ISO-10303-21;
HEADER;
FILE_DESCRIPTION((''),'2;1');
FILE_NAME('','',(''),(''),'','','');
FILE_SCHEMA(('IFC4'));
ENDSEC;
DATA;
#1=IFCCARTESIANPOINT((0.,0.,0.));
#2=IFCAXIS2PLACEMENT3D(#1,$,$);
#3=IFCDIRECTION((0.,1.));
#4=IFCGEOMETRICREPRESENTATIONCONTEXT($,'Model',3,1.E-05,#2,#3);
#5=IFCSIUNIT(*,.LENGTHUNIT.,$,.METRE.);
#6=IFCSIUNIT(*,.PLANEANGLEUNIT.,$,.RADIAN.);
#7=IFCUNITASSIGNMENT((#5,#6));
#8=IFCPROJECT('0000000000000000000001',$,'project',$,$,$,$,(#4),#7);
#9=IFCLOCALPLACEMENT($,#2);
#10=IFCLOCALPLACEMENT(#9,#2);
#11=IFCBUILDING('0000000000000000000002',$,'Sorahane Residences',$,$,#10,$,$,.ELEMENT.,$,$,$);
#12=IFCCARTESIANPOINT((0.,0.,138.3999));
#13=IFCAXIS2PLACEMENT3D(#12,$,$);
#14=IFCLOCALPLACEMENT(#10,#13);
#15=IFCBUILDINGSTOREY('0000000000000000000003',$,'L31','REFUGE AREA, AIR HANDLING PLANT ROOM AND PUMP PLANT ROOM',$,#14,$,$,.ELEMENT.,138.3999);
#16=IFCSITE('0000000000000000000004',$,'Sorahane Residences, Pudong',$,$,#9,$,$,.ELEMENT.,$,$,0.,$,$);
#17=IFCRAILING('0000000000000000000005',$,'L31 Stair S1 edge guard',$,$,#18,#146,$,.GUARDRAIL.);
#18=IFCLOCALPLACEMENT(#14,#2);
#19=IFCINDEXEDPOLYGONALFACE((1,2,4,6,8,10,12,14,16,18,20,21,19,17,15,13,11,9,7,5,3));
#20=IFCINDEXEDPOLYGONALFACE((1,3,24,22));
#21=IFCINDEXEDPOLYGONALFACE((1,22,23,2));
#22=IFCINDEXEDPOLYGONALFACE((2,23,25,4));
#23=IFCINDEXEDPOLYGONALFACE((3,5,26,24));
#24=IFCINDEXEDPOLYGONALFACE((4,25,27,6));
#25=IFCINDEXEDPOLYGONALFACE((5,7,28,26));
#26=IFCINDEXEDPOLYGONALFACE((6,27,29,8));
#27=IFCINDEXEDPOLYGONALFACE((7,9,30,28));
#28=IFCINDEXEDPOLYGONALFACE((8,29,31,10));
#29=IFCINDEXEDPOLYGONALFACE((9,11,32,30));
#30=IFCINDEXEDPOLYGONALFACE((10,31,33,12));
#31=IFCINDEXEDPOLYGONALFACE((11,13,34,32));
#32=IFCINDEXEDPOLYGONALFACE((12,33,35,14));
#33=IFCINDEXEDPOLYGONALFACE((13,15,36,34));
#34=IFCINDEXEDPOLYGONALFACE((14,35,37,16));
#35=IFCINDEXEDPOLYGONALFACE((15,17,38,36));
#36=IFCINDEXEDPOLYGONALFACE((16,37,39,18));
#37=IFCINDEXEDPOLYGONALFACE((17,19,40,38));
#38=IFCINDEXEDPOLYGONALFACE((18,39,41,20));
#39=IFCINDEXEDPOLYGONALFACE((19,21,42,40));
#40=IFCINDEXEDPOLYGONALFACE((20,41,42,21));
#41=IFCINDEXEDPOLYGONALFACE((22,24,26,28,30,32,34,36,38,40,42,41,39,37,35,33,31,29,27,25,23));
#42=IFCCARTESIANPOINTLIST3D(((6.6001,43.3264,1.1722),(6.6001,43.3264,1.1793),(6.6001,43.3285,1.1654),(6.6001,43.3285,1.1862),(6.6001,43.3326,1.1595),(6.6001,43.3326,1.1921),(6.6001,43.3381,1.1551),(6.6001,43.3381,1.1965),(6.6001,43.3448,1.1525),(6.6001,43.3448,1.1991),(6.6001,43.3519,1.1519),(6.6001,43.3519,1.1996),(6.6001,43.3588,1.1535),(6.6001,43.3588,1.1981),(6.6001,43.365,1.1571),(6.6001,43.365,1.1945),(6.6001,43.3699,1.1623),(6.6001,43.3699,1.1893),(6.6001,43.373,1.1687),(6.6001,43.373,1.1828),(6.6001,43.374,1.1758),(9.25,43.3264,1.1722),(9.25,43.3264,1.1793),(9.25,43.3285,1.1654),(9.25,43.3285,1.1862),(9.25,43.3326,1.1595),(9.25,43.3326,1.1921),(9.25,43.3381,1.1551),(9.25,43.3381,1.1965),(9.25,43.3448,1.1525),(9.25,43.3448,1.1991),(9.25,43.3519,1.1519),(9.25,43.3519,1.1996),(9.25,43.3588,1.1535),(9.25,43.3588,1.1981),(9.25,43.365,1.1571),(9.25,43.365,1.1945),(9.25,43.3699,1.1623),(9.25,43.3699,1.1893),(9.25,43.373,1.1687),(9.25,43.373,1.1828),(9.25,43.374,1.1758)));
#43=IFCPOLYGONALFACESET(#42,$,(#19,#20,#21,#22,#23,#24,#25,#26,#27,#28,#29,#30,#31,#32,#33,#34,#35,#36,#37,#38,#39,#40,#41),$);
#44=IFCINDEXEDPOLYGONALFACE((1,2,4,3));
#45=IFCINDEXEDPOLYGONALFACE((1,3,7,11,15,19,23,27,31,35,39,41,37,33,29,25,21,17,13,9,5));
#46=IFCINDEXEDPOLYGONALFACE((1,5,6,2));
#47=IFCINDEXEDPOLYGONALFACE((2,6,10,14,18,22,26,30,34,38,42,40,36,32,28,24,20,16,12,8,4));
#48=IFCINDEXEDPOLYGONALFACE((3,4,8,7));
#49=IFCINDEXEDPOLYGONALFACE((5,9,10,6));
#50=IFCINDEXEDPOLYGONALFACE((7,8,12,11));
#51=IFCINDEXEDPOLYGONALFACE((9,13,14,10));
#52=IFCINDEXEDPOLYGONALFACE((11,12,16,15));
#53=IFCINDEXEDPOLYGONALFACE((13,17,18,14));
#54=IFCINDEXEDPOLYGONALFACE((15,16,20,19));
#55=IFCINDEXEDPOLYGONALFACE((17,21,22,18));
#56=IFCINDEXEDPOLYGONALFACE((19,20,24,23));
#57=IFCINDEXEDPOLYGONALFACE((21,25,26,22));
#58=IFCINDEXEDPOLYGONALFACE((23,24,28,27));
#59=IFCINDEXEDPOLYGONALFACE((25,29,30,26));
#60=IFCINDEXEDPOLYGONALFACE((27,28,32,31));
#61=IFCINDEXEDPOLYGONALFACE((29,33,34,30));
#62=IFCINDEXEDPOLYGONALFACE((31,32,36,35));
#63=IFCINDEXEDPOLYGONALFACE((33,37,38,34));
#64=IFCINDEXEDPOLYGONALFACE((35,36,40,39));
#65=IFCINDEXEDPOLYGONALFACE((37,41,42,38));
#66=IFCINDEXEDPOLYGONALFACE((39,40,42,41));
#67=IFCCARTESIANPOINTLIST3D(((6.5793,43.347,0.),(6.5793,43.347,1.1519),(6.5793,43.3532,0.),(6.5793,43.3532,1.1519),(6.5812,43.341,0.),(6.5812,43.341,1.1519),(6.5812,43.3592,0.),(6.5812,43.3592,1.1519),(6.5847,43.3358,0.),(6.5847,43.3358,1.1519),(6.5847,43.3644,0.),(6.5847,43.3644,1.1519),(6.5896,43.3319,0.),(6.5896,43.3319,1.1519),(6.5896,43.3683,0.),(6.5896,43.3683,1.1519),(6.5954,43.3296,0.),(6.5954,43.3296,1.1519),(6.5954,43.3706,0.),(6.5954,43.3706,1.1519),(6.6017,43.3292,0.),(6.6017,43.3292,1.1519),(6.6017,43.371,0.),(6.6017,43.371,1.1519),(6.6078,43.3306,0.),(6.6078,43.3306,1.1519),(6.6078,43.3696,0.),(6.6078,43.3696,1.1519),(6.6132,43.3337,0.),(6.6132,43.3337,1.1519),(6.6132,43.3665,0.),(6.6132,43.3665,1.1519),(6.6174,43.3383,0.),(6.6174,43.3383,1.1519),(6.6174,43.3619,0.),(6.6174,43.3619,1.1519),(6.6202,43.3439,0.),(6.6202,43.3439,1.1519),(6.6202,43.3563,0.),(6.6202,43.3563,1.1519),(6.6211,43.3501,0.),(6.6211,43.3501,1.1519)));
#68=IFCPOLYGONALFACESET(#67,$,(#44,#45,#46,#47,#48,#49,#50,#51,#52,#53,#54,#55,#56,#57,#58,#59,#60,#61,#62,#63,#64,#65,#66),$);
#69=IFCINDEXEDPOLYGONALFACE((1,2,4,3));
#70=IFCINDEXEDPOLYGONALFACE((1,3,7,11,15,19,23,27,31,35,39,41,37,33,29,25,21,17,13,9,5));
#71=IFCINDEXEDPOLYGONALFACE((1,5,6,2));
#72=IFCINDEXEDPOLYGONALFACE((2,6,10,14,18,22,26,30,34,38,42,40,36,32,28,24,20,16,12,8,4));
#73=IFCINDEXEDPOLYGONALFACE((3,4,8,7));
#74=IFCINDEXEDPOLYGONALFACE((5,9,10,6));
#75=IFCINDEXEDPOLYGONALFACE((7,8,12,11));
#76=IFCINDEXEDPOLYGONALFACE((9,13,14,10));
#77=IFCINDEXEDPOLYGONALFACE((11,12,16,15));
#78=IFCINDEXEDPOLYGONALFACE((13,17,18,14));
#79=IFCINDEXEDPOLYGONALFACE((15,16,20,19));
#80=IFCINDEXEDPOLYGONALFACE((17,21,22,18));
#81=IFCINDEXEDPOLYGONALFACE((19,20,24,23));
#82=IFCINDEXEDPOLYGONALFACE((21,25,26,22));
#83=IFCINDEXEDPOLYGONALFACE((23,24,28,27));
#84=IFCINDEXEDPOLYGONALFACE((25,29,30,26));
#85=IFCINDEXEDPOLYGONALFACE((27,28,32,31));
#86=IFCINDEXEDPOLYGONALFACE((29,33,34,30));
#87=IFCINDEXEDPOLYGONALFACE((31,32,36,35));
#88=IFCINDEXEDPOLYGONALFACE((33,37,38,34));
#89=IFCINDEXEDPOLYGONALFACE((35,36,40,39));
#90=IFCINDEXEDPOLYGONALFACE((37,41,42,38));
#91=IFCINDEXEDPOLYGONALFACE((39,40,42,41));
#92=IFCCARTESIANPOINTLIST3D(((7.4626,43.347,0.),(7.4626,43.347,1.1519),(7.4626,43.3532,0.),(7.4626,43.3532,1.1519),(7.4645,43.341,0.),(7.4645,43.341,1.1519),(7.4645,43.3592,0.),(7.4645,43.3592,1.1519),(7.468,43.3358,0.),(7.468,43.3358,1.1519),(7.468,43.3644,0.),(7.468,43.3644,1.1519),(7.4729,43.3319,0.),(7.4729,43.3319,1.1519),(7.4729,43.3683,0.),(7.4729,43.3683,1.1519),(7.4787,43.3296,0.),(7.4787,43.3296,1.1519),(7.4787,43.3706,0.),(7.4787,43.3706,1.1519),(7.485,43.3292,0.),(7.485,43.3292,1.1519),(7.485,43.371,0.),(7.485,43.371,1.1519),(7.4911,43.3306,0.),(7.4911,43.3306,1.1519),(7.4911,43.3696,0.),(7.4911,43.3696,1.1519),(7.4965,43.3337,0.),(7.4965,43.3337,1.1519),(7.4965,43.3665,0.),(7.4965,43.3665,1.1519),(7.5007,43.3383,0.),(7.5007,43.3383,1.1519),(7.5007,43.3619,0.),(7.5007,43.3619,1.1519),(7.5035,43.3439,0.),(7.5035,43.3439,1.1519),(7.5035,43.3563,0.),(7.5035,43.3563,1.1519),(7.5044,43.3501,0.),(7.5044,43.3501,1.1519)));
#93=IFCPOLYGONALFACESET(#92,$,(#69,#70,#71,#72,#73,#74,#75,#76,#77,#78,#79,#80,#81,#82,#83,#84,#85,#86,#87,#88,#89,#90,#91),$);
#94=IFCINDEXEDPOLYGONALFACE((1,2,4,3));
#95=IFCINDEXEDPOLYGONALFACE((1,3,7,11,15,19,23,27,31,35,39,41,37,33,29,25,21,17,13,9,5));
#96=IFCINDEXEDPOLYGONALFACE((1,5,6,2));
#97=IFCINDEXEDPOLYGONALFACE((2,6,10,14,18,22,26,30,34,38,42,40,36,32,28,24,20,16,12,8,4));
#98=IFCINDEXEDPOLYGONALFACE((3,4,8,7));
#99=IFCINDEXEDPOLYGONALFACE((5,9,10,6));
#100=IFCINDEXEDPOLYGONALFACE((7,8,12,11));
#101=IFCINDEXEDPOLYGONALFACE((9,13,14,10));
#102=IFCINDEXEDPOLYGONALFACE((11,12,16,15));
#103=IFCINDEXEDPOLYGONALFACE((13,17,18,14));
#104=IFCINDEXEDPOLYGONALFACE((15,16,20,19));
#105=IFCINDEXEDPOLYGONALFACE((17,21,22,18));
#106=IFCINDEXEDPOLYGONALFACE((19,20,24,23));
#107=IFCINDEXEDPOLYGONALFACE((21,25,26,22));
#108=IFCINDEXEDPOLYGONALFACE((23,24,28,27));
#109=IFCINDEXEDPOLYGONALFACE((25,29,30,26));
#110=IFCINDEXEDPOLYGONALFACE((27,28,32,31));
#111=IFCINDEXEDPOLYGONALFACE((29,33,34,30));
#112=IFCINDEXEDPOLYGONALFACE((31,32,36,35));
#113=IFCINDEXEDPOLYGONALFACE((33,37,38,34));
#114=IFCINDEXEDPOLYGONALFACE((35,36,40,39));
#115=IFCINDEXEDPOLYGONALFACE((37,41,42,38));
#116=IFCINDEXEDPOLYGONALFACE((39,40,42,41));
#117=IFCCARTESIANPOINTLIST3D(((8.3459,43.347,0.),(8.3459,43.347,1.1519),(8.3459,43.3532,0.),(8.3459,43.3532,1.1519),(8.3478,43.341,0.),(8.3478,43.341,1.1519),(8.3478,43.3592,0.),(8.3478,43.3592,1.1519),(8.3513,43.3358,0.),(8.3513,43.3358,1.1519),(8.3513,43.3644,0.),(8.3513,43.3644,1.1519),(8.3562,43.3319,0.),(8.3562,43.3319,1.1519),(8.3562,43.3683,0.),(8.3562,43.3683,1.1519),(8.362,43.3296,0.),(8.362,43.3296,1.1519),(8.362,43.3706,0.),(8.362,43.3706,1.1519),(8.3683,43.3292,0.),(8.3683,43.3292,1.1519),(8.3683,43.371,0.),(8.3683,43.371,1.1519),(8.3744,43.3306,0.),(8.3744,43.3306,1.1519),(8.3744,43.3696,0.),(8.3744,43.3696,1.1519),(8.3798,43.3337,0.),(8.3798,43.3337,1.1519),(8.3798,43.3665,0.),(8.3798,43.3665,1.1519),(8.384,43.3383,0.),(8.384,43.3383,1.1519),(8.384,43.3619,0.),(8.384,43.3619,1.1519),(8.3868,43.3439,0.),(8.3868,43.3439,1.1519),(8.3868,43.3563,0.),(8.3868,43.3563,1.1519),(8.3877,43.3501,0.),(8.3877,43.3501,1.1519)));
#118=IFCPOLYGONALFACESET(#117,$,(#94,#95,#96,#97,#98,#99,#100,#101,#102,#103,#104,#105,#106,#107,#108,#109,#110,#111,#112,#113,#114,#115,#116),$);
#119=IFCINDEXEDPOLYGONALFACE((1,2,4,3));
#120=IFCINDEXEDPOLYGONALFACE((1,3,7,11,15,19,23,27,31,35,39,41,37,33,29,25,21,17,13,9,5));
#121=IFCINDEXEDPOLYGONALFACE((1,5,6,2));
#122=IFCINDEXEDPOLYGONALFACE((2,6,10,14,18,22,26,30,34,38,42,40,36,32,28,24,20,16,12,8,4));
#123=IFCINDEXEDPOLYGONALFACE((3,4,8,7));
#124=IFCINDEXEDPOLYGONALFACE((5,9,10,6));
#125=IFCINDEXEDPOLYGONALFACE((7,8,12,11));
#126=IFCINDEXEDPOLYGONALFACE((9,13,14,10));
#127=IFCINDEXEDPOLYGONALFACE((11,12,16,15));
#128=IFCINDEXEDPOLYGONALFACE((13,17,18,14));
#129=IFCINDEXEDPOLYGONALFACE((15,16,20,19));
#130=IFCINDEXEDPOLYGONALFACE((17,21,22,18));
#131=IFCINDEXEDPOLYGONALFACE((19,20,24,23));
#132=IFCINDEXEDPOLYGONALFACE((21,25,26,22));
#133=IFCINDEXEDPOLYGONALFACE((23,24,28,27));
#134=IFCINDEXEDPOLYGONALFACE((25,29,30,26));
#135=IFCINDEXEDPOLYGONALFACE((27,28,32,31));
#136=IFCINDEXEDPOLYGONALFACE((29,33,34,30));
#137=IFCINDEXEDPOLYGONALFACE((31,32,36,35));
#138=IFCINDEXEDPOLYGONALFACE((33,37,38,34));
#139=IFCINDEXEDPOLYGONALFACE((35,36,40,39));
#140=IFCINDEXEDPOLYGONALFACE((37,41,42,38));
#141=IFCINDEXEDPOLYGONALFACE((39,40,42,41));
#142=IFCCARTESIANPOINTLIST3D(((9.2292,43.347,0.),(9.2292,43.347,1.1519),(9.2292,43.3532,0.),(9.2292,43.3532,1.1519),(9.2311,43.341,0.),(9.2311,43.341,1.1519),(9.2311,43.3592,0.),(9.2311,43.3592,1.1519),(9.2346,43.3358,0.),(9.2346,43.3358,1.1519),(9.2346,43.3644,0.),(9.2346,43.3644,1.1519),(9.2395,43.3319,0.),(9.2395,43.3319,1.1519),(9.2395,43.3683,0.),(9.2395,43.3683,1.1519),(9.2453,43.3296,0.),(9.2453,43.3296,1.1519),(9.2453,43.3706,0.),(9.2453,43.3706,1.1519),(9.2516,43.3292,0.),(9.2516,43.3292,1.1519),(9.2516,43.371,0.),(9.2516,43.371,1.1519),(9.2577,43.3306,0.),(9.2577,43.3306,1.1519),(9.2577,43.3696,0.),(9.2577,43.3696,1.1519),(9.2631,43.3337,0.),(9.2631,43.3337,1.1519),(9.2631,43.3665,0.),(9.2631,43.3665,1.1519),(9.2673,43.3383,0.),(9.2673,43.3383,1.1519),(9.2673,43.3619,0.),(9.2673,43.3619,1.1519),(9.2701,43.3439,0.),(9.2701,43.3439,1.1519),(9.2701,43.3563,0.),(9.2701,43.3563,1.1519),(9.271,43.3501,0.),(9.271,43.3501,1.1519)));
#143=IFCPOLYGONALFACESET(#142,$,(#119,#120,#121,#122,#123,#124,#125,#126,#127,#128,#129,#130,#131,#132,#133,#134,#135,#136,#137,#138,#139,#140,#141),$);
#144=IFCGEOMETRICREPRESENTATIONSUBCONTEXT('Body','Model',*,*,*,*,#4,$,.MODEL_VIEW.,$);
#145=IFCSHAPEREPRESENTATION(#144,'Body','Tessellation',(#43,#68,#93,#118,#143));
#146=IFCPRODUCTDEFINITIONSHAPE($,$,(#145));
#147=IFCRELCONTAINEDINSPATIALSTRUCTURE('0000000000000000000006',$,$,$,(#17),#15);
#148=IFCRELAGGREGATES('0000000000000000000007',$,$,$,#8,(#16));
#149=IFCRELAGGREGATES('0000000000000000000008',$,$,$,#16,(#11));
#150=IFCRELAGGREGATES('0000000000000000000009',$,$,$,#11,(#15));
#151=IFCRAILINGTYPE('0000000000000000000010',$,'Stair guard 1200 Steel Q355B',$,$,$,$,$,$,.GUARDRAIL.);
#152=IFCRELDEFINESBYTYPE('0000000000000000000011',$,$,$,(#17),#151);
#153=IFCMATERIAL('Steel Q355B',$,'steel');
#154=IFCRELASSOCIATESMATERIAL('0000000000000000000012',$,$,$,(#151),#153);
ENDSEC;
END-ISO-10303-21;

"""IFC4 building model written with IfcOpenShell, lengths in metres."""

from ifc_helpers import new_model, si_unit, direction, frame, origin, origin_2d, place, context, subcontext, project, spatial, circle, extrude, material, type_object, element, save


model = new_model("IFC4")

# Units and contexts
model_context = context("Model", 3, precision=1e-05, world=origin(), true_north=direction((0.0, 1.0)))
body_context = subcontext(model_context, "Body", "Model", "MODEL_VIEW")
ifc_project = project(units=[si_unit("LENGTHUNIT", "METRE"), si_unit("PLANEANGLEUNIT", "RADIAN")], contexts=[model_context])

# Site, building, storey
site_placement = place(None, origin())
site = spatial("IfcSite", under=ifc_project, at=site_placement, Name="Sorahane Residences, Pudong", CompositionType="ELEMENT", RefElevation=0.0)
building_placement = place(site_placement, origin())
building = spatial("IfcBuilding", under=site, at=building_placement, Name="Sorahane Residences", CompositionType="ELEMENT")
storey_placement = place(building_placement, frame((0.0, 0.0, 138.3999)))
storey = spatial("IfcBuildingStorey", under=building, at=storey_placement, Name="L31", Description="REFUGE AREA, AIR HANDLING PLANT ROOM AND PUMP PLANT ROOM", CompositionType="ELEMENT", Elevation=138.3999)

# Railing
ifc_material_1 = material(Name="Steel Q355B", Category="steel")
railing_type = type_object("IfcRailingType", Name="Stair guard 1200 Steel Q355B", PredefinedType="GUARDRAIL", material=ifc_material_1)
railing_1_placement = place(storey_placement, frame((6.6001, 43.3501, 0.0)))
element("IfcRailing", 1, at=railing_1_placement, inside=storey, type_object=railing_type, Name="L31 Stair S1 edge guard", PredefinedType="GUARDRAIL", context=body_context, shape_type="SweptSolid", body=[
    extrude(circle(Radius=0.0239, at=origin_2d()), frame((0.0, 0.0, 1.1758), z_axis=(1.0, 0.0, 0.0), x_axis=(0.0, 1.0, 0.0)), (0.0, 0.0, 1.0), 2.6499),
    extrude(circle(Radius=0.021, at=origin_2d()), origin(), (0.0, 0.0, 1.0), 1.1519),
    extrude(circle(Radius=0.021, at=origin_2d()), frame((0.8833, 0.0, 0.0)), (0.0, 0.0, 1.0), 1.1519),
    extrude(circle(Radius=0.021, at=origin_2d()), frame((1.7666, 0.0, 0.0)), (0.0, 0.0, 1.0), 1.1519),
    extrude(circle(Radius=0.021, at=origin_2d()), frame((2.6499, 0.0, 0.0)), (0.0, 0.0, 1.0), 1.1519),
])

save(model, "model.ifc")
